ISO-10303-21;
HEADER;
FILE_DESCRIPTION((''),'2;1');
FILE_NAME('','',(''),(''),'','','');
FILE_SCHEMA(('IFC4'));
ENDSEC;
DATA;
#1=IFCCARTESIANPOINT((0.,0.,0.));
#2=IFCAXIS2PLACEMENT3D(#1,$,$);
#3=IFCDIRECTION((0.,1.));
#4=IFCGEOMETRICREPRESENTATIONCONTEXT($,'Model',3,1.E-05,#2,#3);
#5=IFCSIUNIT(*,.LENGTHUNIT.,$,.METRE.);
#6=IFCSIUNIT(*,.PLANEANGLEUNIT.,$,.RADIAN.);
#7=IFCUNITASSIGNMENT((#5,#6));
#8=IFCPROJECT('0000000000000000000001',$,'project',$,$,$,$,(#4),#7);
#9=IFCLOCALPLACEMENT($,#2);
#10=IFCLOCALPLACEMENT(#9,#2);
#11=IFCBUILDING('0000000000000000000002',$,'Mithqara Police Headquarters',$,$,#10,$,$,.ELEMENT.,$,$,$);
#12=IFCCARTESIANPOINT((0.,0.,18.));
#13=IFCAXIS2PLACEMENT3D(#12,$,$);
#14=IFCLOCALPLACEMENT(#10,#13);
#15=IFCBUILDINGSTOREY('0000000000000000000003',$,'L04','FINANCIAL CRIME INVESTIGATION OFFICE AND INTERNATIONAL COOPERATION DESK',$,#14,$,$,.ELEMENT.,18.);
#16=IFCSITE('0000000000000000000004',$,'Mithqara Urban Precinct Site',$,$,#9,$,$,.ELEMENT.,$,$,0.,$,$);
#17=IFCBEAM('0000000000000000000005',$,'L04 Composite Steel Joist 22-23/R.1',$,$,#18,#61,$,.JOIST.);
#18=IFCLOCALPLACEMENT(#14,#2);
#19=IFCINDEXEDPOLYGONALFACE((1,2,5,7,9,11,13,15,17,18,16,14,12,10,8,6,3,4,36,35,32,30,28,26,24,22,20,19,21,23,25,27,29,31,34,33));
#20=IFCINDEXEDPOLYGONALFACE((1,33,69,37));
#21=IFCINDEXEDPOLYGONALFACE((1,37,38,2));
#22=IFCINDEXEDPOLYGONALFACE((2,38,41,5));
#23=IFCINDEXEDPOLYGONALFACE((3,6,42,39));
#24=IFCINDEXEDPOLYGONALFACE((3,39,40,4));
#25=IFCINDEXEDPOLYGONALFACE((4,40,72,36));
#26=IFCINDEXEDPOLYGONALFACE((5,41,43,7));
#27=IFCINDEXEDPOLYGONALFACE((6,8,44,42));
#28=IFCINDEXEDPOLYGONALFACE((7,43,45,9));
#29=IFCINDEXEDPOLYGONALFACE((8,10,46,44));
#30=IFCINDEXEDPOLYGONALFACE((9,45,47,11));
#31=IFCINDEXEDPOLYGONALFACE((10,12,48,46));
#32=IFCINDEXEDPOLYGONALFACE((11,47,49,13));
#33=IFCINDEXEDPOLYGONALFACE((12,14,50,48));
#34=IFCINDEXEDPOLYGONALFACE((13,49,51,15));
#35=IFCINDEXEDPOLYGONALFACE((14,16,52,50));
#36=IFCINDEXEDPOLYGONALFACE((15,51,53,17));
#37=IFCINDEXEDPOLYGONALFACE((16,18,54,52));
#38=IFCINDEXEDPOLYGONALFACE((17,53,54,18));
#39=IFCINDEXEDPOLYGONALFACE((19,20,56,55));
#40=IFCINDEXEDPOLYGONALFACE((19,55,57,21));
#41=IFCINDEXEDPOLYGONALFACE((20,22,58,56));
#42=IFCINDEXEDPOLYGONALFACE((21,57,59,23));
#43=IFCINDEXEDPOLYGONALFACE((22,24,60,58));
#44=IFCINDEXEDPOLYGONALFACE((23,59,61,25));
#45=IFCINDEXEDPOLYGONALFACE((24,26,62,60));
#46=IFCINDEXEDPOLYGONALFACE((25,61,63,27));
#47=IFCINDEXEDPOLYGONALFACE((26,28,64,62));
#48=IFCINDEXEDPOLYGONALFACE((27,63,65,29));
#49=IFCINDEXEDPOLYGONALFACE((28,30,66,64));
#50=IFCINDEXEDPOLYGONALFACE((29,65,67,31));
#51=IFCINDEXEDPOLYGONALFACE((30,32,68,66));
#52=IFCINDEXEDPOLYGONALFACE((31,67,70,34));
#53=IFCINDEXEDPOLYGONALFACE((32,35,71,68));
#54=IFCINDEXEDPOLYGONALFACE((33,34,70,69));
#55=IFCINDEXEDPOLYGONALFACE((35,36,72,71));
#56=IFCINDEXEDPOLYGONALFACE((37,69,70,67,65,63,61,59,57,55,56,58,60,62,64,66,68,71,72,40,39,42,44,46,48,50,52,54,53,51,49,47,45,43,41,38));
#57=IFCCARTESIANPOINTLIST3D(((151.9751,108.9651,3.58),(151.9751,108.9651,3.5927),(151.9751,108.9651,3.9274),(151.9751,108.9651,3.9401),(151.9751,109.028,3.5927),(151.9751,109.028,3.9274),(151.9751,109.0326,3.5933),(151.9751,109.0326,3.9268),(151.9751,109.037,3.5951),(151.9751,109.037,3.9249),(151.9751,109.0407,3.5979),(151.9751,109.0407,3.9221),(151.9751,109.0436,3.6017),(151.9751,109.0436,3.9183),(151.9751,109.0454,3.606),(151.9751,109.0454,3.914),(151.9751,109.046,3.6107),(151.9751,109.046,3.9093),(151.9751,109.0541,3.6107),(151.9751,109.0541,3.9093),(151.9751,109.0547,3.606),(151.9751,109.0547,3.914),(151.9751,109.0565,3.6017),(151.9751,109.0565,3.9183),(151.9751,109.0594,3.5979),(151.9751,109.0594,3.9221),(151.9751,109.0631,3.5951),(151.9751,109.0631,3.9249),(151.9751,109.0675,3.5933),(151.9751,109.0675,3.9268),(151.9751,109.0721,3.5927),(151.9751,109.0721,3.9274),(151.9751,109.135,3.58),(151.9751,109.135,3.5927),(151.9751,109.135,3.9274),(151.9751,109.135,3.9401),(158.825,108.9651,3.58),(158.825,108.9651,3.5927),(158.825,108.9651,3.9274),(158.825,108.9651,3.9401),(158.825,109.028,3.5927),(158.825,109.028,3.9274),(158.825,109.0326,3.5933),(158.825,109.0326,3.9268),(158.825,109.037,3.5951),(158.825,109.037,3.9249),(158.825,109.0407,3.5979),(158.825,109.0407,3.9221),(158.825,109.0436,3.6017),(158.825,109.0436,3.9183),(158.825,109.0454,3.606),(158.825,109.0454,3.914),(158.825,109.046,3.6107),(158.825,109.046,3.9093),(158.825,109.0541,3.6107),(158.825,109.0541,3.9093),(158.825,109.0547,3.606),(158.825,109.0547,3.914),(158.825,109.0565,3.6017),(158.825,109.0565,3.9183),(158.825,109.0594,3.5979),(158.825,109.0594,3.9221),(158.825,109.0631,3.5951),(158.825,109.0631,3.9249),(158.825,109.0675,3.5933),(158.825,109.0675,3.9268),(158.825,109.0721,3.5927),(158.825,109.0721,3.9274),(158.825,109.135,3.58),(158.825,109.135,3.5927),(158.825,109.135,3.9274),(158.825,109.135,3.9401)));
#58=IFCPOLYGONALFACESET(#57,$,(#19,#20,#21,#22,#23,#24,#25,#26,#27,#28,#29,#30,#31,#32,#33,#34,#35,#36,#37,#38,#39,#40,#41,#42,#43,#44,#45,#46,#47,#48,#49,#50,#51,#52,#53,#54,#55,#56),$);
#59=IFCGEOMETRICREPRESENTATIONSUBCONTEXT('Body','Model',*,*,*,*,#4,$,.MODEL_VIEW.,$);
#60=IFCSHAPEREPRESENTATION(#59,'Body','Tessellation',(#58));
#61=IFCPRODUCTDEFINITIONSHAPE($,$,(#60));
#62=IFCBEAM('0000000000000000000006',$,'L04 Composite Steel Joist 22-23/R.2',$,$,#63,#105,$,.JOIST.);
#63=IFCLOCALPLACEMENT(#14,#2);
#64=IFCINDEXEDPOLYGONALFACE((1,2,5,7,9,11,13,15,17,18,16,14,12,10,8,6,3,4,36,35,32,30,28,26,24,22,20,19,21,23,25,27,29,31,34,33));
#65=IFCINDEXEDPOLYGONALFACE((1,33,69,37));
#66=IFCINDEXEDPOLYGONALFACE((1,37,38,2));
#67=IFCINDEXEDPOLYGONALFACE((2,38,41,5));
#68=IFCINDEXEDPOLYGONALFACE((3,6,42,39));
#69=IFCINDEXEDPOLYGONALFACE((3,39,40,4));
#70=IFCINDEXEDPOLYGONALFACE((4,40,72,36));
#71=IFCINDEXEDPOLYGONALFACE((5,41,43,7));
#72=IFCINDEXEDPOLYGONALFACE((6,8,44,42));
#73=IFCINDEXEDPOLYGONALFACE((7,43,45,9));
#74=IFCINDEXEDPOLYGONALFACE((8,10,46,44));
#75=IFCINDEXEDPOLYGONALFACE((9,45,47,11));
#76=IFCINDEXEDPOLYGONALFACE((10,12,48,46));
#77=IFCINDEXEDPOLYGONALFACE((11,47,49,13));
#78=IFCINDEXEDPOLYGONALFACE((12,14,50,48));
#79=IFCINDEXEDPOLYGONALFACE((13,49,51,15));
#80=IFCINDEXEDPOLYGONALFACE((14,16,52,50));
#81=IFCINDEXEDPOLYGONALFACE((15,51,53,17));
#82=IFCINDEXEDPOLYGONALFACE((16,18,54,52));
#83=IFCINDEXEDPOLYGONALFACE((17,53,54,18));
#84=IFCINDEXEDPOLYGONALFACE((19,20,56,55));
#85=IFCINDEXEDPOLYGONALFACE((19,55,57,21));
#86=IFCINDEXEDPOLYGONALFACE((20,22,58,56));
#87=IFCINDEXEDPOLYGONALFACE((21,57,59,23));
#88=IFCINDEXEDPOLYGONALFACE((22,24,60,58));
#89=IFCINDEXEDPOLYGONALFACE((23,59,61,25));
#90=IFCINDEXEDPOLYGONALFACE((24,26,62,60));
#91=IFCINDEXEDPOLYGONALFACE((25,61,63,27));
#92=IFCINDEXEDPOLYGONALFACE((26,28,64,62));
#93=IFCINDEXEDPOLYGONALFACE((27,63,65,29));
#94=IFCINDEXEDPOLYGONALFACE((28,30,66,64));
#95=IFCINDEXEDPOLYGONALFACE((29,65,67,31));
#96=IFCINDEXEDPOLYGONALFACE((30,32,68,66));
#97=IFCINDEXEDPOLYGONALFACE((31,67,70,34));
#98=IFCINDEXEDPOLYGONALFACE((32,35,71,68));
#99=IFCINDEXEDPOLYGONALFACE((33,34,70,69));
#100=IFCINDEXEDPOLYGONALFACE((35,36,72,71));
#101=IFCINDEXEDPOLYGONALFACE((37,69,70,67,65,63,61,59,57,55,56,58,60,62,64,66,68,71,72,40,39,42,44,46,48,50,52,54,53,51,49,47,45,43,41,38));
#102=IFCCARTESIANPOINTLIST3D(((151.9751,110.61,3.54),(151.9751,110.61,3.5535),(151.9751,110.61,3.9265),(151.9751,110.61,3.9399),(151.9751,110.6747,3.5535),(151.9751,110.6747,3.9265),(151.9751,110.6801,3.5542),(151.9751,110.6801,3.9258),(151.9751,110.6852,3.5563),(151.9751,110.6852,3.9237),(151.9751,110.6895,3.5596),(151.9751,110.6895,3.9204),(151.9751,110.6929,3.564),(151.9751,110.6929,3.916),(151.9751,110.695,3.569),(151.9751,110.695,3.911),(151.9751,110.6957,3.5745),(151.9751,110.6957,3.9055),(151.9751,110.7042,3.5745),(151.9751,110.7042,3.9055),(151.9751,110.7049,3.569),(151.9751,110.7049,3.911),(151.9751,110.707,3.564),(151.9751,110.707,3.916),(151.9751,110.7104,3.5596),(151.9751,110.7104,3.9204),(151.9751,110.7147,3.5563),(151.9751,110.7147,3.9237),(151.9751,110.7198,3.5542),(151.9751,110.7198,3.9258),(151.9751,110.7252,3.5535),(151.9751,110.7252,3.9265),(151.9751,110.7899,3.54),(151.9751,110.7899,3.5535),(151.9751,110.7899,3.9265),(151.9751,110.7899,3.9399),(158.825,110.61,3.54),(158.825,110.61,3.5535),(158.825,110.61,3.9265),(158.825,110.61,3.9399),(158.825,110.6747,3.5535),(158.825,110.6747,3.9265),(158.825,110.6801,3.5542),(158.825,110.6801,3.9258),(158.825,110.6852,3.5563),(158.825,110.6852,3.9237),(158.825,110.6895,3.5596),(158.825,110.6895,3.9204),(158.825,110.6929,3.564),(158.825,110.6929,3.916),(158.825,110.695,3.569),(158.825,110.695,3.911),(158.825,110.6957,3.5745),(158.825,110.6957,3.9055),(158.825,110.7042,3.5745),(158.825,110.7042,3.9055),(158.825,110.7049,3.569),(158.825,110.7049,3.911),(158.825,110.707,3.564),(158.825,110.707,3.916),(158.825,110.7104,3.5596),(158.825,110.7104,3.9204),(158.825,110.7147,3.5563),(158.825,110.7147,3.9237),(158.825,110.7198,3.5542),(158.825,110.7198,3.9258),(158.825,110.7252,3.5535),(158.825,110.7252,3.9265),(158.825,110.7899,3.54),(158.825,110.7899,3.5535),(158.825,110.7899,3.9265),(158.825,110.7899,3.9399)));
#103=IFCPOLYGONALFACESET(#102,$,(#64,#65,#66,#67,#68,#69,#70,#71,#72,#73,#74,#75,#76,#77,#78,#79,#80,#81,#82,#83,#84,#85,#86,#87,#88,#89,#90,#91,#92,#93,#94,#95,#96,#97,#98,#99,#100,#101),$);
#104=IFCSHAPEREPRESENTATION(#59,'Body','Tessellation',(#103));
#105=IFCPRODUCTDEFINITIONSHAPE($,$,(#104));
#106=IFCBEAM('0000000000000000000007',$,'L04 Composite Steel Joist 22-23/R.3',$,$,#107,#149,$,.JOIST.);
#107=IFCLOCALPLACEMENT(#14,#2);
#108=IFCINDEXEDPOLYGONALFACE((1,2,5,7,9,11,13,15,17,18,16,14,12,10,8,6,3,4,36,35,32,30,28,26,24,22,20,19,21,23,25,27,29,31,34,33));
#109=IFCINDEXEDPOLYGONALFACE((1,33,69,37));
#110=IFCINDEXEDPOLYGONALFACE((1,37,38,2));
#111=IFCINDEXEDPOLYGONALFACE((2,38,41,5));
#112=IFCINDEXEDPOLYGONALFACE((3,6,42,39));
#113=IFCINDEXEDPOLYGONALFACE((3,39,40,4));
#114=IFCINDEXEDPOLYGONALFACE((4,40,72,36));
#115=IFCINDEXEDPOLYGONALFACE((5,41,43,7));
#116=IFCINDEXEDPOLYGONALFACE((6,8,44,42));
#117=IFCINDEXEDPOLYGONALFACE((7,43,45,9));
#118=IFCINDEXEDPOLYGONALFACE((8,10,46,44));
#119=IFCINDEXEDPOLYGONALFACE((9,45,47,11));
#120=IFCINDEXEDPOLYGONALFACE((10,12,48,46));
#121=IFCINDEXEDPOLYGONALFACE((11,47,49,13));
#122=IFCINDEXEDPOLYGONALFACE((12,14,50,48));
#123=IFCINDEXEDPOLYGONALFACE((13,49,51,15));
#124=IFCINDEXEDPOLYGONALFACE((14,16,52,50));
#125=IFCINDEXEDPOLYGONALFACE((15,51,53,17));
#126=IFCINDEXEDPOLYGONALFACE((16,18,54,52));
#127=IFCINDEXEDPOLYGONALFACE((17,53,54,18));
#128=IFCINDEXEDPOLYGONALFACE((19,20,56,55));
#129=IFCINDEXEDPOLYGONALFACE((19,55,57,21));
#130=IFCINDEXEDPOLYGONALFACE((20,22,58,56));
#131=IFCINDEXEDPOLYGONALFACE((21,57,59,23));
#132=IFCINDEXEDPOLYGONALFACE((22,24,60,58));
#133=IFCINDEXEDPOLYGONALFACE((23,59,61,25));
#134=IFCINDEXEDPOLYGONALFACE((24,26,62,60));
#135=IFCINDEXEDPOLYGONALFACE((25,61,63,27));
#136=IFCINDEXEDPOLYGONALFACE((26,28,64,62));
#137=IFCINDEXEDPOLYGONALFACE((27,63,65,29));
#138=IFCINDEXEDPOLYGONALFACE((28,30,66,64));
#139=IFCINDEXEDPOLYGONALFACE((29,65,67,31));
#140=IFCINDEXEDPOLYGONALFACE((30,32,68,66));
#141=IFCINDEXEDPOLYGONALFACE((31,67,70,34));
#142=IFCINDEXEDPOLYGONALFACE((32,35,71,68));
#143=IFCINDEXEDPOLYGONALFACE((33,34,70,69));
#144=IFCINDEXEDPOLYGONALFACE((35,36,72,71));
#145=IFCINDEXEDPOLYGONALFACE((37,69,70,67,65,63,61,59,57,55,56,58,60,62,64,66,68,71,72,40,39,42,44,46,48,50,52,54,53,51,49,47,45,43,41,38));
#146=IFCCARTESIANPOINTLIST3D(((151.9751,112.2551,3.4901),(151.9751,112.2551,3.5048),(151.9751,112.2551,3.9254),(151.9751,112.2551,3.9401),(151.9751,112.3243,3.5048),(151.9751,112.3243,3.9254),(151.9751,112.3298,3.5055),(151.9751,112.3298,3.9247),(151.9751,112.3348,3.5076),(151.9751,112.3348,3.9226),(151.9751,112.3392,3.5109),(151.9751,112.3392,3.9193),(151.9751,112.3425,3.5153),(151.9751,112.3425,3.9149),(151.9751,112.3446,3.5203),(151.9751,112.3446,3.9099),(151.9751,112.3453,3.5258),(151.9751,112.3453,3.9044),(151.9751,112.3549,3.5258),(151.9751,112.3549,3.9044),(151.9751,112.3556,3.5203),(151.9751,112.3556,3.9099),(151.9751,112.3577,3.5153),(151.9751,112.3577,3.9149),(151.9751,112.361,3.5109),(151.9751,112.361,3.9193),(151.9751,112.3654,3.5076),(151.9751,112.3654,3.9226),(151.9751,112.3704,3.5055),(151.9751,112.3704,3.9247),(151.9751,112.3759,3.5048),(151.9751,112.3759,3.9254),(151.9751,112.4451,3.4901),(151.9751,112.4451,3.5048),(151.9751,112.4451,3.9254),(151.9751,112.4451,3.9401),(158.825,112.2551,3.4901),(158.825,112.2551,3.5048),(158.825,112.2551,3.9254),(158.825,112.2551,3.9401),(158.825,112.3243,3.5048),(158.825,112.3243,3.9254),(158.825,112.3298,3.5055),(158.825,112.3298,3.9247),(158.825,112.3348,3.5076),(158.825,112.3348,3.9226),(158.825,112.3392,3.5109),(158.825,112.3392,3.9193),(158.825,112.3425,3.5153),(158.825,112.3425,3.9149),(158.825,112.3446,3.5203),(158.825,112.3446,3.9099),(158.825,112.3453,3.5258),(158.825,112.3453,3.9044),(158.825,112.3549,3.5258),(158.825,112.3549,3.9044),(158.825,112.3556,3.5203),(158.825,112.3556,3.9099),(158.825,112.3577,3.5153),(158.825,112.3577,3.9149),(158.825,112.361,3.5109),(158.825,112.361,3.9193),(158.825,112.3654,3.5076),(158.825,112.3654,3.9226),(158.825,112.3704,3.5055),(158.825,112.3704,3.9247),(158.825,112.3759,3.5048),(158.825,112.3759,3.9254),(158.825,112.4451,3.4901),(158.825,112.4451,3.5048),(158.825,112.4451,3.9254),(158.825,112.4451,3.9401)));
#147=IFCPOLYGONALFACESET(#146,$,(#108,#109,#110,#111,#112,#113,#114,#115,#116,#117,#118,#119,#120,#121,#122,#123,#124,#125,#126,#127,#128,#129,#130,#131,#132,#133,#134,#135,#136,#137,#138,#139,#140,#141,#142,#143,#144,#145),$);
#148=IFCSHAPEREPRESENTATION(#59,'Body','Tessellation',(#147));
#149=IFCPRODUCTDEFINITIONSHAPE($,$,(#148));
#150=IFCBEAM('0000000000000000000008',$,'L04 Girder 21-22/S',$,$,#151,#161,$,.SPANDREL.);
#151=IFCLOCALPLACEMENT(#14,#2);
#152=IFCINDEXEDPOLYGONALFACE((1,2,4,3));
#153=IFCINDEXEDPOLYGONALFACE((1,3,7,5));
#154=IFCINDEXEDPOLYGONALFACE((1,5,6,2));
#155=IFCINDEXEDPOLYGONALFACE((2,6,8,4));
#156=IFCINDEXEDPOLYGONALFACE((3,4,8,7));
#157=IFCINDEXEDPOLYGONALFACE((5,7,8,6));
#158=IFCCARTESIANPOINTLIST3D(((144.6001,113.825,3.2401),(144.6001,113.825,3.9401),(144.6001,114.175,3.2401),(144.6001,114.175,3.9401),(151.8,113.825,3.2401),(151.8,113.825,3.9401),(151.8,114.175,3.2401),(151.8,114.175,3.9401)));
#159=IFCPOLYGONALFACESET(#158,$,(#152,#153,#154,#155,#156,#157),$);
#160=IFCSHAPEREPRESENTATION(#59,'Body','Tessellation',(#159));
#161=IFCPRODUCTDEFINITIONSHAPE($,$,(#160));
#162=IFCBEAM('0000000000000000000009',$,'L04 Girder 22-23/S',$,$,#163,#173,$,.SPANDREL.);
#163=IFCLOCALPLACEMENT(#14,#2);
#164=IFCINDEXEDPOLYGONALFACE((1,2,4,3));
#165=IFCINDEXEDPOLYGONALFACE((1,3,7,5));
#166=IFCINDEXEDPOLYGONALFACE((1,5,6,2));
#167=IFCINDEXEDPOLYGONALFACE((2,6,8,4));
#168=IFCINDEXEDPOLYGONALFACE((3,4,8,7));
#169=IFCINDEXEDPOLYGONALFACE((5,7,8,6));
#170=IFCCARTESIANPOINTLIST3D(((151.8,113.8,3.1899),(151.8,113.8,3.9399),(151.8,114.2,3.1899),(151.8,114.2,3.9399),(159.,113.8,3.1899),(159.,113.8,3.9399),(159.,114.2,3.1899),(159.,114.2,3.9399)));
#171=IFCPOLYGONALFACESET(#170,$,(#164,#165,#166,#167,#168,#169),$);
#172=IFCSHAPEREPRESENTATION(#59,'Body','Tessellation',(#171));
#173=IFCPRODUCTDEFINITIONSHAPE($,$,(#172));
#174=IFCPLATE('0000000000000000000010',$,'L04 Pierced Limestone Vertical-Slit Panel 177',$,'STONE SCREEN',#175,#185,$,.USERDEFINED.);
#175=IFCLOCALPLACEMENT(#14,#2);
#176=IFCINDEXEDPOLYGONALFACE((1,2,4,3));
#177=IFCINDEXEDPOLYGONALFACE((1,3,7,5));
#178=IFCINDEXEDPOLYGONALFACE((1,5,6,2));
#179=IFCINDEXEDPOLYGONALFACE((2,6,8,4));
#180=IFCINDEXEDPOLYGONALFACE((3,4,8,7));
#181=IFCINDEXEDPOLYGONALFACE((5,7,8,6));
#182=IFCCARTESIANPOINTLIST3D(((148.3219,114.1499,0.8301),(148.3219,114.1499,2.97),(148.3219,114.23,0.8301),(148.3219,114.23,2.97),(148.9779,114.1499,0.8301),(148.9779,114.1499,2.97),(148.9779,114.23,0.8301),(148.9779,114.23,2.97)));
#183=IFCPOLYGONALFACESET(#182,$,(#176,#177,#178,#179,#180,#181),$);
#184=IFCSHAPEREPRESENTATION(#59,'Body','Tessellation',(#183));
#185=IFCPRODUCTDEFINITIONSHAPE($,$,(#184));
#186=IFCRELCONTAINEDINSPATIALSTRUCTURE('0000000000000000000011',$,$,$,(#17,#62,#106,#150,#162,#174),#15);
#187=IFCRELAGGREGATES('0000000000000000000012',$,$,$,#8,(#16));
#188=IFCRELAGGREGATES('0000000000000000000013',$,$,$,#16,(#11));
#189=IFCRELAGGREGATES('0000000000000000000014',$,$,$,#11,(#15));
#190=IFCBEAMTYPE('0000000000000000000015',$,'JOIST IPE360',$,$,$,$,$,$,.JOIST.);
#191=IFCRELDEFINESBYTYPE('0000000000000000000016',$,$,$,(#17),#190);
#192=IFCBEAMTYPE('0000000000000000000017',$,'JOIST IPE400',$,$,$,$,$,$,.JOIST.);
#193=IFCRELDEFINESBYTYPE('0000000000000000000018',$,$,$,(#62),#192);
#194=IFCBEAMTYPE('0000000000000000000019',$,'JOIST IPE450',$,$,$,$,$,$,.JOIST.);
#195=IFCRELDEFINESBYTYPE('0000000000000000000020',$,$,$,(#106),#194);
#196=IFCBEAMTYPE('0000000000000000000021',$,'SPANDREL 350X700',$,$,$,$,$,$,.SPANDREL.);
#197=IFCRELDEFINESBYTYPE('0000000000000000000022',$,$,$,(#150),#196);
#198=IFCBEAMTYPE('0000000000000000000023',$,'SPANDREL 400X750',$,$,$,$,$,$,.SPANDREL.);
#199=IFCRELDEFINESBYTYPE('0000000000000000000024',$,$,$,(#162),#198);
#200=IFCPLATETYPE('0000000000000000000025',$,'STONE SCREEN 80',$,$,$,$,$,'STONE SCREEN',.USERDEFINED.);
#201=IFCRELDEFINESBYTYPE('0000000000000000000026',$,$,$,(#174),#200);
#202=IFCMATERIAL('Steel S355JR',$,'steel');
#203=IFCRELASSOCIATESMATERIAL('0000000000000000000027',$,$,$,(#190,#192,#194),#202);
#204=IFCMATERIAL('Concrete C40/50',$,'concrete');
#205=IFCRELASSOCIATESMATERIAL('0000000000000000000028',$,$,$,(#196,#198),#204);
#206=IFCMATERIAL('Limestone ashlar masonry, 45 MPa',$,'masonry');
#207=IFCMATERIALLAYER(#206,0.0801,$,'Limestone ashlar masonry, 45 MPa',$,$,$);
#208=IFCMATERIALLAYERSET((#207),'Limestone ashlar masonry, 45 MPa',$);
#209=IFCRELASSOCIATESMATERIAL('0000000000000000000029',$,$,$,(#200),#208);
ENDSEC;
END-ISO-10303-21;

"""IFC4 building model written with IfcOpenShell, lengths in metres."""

from ifc_helpers import new_model, si_unit, direction, frame, origin, origin_2d, place, context, subcontext, project, spatial, rectangle, i_section, extrude, material, layer, layer_set, material_profile, profile_set, type_object, element, save


model = new_model("IFC4")

# Units and contexts
model_context = context("Model", 3, precision=1e-05, world=origin(), true_north=direction((0.0, 1.0)))
body_context = subcontext(model_context, "Body", "Model", "MODEL_VIEW")
ifc_project = project(units=[si_unit("LENGTHUNIT", "METRE"), si_unit("PLANEANGLEUNIT", "RADIAN")], contexts=[model_context])

# Site, building, storey
site_placement = place(None, origin())
site = spatial("IfcSite", under=ifc_project, at=site_placement, Name="Mithqara Urban Precinct Site", CompositionType="ELEMENT", RefElevation=0.0)
building_placement = place(site_placement, origin())
building = spatial("IfcBuilding", under=site, at=building_placement, Name="Mithqara Police Headquarters", CompositionType="ELEMENT")
storey_placement = place(building_placement, frame((0.0, 0.0, 18.0)))
storey = spatial("IfcBuildingStorey", under=building, at=storey_placement, Name="L04", Description="FINANCIAL CRIME INVESTIGATION OFFICE AND INTERNATIONAL COOPERATION DESK", CompositionType="ELEMENT", Elevation=18.0)

# Beams
ifc_material_1 = material(Name="Steel S355JR", Category="steel")
ifc_material_2 = material(Name="Concrete C40/50", Category="concrete")
ifc_material_profile_1 = material_profile(ifc_material_1, i_section(OverallWidth=0.1699, OverallDepth=0.3601, WebThickness=0.0081, FlangeThickness=0.0127, FilletRadius=0.0181, at=origin_2d()), Name="IPE 360")
ifc_profile_set_1 = profile_set([ifc_material_profile_1], Name="Steel S355JR")
beam_type_1 = type_object("IfcBeamType", Name="JOIST IPE360", PredefinedType="JOIST", material=ifc_profile_set_1)
beam_1_placement = place(storey_placement, frame((151.9751, 109.05, 3.76), z_axis=(1.0, 0.0, 0.0), x_axis=(0.0, 1.0, 0.0)))
element("IfcBeam", 1, at=beam_1_placement, inside=storey, type_object=beam_type_1, Name="L04 Composite Steel Joist 22-23/R.1", PredefinedType="JOIST", context=body_context, shape_type="SweptSolid", body=[
    extrude(i_section(OverallWidth=0.1699, OverallDepth=0.3601, WebThickness=0.0081, FlangeThickness=0.0127, FilletRadius=0.0181, at=origin_2d()), origin(), (0.0, 0.0, 1.0), 6.8499),
])
ifc_material_profile_2 = material_profile(ifc_material_1, i_section(OverallWidth=0.1799, OverallDepth=0.3999, WebThickness=0.0085, FlangeThickness=0.0134, FilletRadius=0.021, at=origin_2d()), Name="IPE 400")
ifc_profile_set_2 = profile_set([ifc_material_profile_2], Name="Steel S355JR")
beam_type_2 = type_object("IfcBeamType", Name="JOIST IPE400", PredefinedType="JOIST", material=ifc_profile_set_2)
beam_2_placement = place(storey_placement, frame((151.9751, 110.7, 3.74), z_axis=(1.0, 0.0, 0.0), x_axis=(0.0, 1.0, 0.0)))
element("IfcBeam", 2, at=beam_2_placement, inside=storey, type_object=beam_type_2, Name="L04 Composite Steel Joist 22-23/R.2", PredefinedType="JOIST", context=body_context, shape_type="SweptSolid", body=[
    extrude(i_section(OverallWidth=0.1799, OverallDepth=0.3999, WebThickness=0.0085, FlangeThickness=0.0134, FilletRadius=0.021, at=origin_2d()), origin(), (0.0, 0.0, 1.0), 6.8499),
])
ifc_material_profile_3 = material_profile(ifc_material_1, i_section(OverallWidth=0.1899, OverallDepth=0.45, WebThickness=0.0095, FlangeThickness=0.0146, FilletRadius=0.021, at=origin_2d()), Name="IPE 450")
ifc_profile_set_3 = profile_set([ifc_material_profile_3], Name="Steel S355JR")
beam_type_3 = type_object("IfcBeamType", Name="JOIST IPE450", PredefinedType="JOIST", material=ifc_profile_set_3)
beam_3_placement = place(storey_placement, frame((151.9751, 112.3501, 3.7151), z_axis=(1.0, 0.0, 0.0), x_axis=(0.0, 1.0, 0.0)))
element("IfcBeam", 3, at=beam_3_placement, inside=storey, type_object=beam_type_3, Name="L04 Composite Steel Joist 22-23/R.3", PredefinedType="JOIST", context=body_context, shape_type="SweptSolid", body=[
    extrude(i_section(OverallWidth=0.1899, OverallDepth=0.45, WebThickness=0.0095, FlangeThickness=0.0146, FilletRadius=0.021, at=origin_2d()), origin(), (0.0, 0.0, 1.0), 6.8499),
])
ifc_material_profile_4 = material_profile(ifc_material_2, rectangle(XDim=0.3501, YDim=0.7, at=origin_2d()), Name="SPB 350x700")
ifc_profile_set_4 = profile_set([ifc_material_profile_4], Name="Concrete C40/50")
beam_type_4 = type_object("IfcBeamType", Name="SPANDREL 350X700", PredefinedType="SPANDREL", material=ifc_profile_set_4)
beam_4_placement = place(storey_placement, frame((144.6001, 114.0, 3.5901), z_axis=(1.0, 0.0, 0.0), x_axis=(0.0, 1.0, 0.0)))
element("IfcBeam", 4, at=beam_4_placement, inside=storey, type_object=beam_type_4, Name="L04 Girder 21-22/S", PredefinedType="SPANDREL", context=body_context, shape_type="SweptSolid", body=[
    extrude(rectangle(XDim=0.3501, YDim=0.7, at=origin_2d()), origin(), (0.0, 0.0, 1.0), 7.2),
])
ifc_material_profile_5 = material_profile(ifc_material_2, rectangle(XDim=0.3999, YDim=0.75, at=origin_2d()), Name="SPB 400x750")
ifc_profile_set_5 = profile_set([ifc_material_profile_5], Name="Concrete C40/50")
beam_type_5 = type_object("IfcBeamType", Name="SPANDREL 400X750", PredefinedType="SPANDREL", material=ifc_profile_set_5)
beam_5_placement = place(storey_placement, frame((151.8, 114.0, 3.5649), z_axis=(1.0, 0.0, 0.0), x_axis=(0.0, 1.0, 0.0)))
element("IfcBeam", 5, at=beam_5_placement, inside=storey, type_object=beam_type_5, Name="L04 Girder 22-23/S", PredefinedType="SPANDREL", context=body_context, shape_type="SweptSolid", body=[
    extrude(rectangle(XDim=0.3999, YDim=0.75, at=origin_2d()), origin(), (0.0, 0.0, 1.0), 7.2),
])

# Plate
ifc_material_3 = material(Name="Limestone ashlar masonry, 45 MPa", Category="masonry")
ifc_layer_1 = layer(ifc_material_3, 0.0801, Name="Limestone ashlar masonry, 45 MPa")
ifc_layer_set_1 = layer_set([ifc_layer_1], Name="Limestone ashlar masonry, 45 MPa")
plate_type = type_object("IfcPlateType", Name="STONE SCREEN 80", ElementType="STONE SCREEN", PredefinedType="USERDEFINED", material=ifc_layer_set_1)
for number, where, z_axis, x_axis, name in (
    (6, (148.6499, 114.1899, 0.8301), (0.0, 0.0, 1.0), (1.0, 0.0, 0.0), "L04 Pierced Limestone Vertical-Slit Panel 177"),
):
    element("IfcPlate", number, at=place(storey_placement, frame(where, z_axis=z_axis, x_axis=x_axis)), inside=storey, type_object=plate_type, Name=name, ObjectType="STONE SCREEN", PredefinedType="USERDEFINED", context=body_context, shape_type="SweptSolid", body=[
        extrude(rectangle(XDim=0.656, YDim=0.0801, at=origin_2d()), origin(), (0.0, 0.0, 1.0), 2.1399),
    ])

save(model, "model.ifc")
